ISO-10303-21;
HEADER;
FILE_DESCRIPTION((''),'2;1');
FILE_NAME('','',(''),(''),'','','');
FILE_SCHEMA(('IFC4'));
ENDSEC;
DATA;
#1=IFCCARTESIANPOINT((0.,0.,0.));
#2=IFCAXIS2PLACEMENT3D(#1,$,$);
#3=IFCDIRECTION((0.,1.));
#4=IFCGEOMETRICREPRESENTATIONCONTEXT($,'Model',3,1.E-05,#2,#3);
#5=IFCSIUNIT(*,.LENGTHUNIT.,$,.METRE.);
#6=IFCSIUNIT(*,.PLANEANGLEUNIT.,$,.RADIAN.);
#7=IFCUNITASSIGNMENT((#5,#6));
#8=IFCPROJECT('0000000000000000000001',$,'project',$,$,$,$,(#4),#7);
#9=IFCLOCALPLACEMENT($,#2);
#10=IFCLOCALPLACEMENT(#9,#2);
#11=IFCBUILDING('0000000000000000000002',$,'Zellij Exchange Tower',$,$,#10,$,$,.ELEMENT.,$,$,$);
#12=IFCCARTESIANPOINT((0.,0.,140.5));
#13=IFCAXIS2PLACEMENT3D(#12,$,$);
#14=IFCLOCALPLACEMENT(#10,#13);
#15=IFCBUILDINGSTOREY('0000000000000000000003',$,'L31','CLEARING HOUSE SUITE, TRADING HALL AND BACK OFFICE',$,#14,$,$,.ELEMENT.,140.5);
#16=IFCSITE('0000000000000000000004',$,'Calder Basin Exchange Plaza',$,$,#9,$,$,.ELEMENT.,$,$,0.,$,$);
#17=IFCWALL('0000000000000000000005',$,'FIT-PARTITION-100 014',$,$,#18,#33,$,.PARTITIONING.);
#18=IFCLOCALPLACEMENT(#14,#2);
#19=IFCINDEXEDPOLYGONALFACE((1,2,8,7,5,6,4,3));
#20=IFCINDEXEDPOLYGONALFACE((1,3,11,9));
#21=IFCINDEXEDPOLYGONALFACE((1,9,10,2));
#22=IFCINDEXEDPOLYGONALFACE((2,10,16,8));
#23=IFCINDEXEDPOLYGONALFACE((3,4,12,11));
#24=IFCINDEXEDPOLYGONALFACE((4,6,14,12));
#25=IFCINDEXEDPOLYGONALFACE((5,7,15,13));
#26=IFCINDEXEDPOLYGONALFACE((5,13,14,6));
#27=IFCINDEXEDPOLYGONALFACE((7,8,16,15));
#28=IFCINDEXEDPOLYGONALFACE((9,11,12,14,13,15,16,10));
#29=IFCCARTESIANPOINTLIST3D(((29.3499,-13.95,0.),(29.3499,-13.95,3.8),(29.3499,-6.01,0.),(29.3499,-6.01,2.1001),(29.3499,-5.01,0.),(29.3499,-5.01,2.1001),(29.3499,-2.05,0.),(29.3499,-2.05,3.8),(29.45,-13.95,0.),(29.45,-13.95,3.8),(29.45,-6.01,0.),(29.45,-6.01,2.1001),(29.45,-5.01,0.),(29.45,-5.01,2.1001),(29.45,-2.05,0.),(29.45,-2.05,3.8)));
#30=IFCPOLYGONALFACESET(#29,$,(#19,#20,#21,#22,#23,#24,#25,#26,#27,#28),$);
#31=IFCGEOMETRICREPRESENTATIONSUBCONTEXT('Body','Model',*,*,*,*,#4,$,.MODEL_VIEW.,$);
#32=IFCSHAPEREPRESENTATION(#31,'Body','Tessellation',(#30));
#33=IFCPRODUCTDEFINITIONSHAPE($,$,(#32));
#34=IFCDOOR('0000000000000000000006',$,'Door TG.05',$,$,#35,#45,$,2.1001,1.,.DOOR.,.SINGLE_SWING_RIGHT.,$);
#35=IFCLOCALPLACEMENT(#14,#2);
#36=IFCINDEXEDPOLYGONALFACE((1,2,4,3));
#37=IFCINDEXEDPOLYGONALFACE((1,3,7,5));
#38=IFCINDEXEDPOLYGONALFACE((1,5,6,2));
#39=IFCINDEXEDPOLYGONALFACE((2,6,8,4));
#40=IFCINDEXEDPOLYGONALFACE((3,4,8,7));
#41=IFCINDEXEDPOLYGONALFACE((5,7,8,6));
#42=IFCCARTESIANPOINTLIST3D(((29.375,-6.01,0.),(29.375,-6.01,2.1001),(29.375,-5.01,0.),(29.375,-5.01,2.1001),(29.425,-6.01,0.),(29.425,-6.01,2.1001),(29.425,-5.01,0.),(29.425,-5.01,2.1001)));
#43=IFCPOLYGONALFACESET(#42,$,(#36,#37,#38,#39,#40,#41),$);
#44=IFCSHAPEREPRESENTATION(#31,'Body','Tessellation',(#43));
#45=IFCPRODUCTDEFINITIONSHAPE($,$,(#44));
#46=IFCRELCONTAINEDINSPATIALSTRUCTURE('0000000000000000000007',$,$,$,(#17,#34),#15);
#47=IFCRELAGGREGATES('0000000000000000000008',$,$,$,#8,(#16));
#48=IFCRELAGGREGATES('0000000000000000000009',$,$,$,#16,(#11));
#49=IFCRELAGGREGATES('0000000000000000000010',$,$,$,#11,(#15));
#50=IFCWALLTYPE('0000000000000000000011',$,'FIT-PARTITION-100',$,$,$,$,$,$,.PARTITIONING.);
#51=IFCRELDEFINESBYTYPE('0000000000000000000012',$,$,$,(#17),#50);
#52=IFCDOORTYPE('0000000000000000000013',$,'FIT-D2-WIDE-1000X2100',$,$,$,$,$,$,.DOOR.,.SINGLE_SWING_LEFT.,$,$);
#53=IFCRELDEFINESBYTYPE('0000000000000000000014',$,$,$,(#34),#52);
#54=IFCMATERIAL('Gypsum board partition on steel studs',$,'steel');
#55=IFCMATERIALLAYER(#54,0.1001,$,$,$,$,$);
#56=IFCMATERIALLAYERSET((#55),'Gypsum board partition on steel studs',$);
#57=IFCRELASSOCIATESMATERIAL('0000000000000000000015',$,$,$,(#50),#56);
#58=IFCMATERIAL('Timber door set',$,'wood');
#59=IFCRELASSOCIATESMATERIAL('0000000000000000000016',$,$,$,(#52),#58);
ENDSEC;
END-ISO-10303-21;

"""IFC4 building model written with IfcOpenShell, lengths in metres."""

from ifc_helpers import new_model, si_unit, direction, frame, frame_2d, origin, place, context, subcontext, project, spatial, rectangle, extrude, material, layer, layer_set, type_object, element, fill, save


model = new_model("IFC4")

# Units and contexts
model_context = context("Model", 3, precision=1e-05, world=origin(), true_north=direction((0.0, 1.0)))
body_context = subcontext(model_context, "Body", "Model", "MODEL_VIEW")
ifc_project = project(units=[si_unit("LENGTHUNIT", "METRE"), si_unit("PLANEANGLEUNIT", "RADIAN")], contexts=[model_context])

# Site, building, storey
site_placement = place(None, origin())
site = spatial("IfcSite", under=ifc_project, at=site_placement, Name="Calder Basin Exchange Plaza", CompositionType="ELEMENT", RefElevation=0.0)
building_placement = place(site_placement, origin())
building = spatial("IfcBuilding", under=site, at=building_placement, Name="Zellij Exchange Tower", CompositionType="ELEMENT")
storey_placement = place(building_placement, frame((0.0, 0.0, 140.5)))
storey = spatial("IfcBuildingStorey", under=building, at=storey_placement, Name="L31", Description="CLEARING HOUSE SUITE, TRADING HALL AND BACK OFFICE", CompositionType="ELEMENT", Elevation=140.5)

# Shared definitions
ifc_material_1 = material(Name="Gypsum board partition on steel studs", Category="steel")
ifc_layer_1 = layer(ifc_material_1, 0.1001)
ifc_layer_set_1 = layer_set([ifc_layer_1], Name="Gypsum board partition on steel studs")
wall_type_1 = type_object("IfcWallType", Name="FIT-PARTITION-100", PredefinedType="PARTITIONING", material=ifc_layer_set_1)

# Wall, opening, door
wall_1_placement = place(storey_placement, frame((29.3999, -13.95, 0.0), z_axis=(0.0, 0.0, 1.0), x_axis=(0.0, 1.0, 0.0)))
wall_1 = element("IfcWall", 1, at=wall_1_placement, inside=storey, type_object=wall_type_1, Name="FIT-PARTITION-100 014", PredefinedType="PARTITIONING", context=body_context, shape_type="SweptSolid", body=[
    extrude(rectangle(XDim=11.8999, YDim=0.1001, at=frame_2d((5.95, 0.0))), origin(), (0.0, 0.0, 1.0), 3.8),
])
opening_1_placement = place(wall_1_placement, frame((7.9399, 0.0, 0.0)))
opening_1 = element("IfcOpeningElement", 2, at=opening_1_placement, cuts=wall_1, PredefinedType="OPENING", context=body_context, shape_type="SweptSolid", body=[
    extrude(rectangle(XDim=1.0, YDim=2.1001, at=frame_2d((0.5, 1.05))), frame((0.0, 0.062, 0.0), z_axis=(0.0, -1.0, 0.0), x_axis=(1.0, 0.0, 0.0)), (0.0, 0.0, 1.0), 0.124),
])
ifc_material_2 = material(Name="Timber door set", Category="wood")
door_type_1 = type_object("IfcDoorType", Name="FIT-D2-WIDE-1000X2100", OperationType="SINGLE_SWING_LEFT", PredefinedType="DOOR", material=ifc_material_2)
door_1_placement = place(opening_1_placement, origin())
door_1 = element("IfcDoor", 3, at=door_1_placement, inside=storey, type_object=door_type_1, Name="Door TG.05", OperationType="SINGLE_SWING_RIGHT", OverallHeight=2.1001, OverallWidth=1.0, PredefinedType="DOOR", context=body_context, shape_type="SweptSolid", body=[
    extrude(rectangle(XDim=1.0, YDim=2.1001, at=frame_2d((0.5, 1.05))), frame((0.0, 0.0249, 0.0), z_axis=(0.0, -1.0, 0.0), x_axis=(1.0, 0.0, 0.0)), (0.0, 0.0, 1.0), 0.05),
])
fill(opening_1, door_1)

save(model, "model.ifc")
